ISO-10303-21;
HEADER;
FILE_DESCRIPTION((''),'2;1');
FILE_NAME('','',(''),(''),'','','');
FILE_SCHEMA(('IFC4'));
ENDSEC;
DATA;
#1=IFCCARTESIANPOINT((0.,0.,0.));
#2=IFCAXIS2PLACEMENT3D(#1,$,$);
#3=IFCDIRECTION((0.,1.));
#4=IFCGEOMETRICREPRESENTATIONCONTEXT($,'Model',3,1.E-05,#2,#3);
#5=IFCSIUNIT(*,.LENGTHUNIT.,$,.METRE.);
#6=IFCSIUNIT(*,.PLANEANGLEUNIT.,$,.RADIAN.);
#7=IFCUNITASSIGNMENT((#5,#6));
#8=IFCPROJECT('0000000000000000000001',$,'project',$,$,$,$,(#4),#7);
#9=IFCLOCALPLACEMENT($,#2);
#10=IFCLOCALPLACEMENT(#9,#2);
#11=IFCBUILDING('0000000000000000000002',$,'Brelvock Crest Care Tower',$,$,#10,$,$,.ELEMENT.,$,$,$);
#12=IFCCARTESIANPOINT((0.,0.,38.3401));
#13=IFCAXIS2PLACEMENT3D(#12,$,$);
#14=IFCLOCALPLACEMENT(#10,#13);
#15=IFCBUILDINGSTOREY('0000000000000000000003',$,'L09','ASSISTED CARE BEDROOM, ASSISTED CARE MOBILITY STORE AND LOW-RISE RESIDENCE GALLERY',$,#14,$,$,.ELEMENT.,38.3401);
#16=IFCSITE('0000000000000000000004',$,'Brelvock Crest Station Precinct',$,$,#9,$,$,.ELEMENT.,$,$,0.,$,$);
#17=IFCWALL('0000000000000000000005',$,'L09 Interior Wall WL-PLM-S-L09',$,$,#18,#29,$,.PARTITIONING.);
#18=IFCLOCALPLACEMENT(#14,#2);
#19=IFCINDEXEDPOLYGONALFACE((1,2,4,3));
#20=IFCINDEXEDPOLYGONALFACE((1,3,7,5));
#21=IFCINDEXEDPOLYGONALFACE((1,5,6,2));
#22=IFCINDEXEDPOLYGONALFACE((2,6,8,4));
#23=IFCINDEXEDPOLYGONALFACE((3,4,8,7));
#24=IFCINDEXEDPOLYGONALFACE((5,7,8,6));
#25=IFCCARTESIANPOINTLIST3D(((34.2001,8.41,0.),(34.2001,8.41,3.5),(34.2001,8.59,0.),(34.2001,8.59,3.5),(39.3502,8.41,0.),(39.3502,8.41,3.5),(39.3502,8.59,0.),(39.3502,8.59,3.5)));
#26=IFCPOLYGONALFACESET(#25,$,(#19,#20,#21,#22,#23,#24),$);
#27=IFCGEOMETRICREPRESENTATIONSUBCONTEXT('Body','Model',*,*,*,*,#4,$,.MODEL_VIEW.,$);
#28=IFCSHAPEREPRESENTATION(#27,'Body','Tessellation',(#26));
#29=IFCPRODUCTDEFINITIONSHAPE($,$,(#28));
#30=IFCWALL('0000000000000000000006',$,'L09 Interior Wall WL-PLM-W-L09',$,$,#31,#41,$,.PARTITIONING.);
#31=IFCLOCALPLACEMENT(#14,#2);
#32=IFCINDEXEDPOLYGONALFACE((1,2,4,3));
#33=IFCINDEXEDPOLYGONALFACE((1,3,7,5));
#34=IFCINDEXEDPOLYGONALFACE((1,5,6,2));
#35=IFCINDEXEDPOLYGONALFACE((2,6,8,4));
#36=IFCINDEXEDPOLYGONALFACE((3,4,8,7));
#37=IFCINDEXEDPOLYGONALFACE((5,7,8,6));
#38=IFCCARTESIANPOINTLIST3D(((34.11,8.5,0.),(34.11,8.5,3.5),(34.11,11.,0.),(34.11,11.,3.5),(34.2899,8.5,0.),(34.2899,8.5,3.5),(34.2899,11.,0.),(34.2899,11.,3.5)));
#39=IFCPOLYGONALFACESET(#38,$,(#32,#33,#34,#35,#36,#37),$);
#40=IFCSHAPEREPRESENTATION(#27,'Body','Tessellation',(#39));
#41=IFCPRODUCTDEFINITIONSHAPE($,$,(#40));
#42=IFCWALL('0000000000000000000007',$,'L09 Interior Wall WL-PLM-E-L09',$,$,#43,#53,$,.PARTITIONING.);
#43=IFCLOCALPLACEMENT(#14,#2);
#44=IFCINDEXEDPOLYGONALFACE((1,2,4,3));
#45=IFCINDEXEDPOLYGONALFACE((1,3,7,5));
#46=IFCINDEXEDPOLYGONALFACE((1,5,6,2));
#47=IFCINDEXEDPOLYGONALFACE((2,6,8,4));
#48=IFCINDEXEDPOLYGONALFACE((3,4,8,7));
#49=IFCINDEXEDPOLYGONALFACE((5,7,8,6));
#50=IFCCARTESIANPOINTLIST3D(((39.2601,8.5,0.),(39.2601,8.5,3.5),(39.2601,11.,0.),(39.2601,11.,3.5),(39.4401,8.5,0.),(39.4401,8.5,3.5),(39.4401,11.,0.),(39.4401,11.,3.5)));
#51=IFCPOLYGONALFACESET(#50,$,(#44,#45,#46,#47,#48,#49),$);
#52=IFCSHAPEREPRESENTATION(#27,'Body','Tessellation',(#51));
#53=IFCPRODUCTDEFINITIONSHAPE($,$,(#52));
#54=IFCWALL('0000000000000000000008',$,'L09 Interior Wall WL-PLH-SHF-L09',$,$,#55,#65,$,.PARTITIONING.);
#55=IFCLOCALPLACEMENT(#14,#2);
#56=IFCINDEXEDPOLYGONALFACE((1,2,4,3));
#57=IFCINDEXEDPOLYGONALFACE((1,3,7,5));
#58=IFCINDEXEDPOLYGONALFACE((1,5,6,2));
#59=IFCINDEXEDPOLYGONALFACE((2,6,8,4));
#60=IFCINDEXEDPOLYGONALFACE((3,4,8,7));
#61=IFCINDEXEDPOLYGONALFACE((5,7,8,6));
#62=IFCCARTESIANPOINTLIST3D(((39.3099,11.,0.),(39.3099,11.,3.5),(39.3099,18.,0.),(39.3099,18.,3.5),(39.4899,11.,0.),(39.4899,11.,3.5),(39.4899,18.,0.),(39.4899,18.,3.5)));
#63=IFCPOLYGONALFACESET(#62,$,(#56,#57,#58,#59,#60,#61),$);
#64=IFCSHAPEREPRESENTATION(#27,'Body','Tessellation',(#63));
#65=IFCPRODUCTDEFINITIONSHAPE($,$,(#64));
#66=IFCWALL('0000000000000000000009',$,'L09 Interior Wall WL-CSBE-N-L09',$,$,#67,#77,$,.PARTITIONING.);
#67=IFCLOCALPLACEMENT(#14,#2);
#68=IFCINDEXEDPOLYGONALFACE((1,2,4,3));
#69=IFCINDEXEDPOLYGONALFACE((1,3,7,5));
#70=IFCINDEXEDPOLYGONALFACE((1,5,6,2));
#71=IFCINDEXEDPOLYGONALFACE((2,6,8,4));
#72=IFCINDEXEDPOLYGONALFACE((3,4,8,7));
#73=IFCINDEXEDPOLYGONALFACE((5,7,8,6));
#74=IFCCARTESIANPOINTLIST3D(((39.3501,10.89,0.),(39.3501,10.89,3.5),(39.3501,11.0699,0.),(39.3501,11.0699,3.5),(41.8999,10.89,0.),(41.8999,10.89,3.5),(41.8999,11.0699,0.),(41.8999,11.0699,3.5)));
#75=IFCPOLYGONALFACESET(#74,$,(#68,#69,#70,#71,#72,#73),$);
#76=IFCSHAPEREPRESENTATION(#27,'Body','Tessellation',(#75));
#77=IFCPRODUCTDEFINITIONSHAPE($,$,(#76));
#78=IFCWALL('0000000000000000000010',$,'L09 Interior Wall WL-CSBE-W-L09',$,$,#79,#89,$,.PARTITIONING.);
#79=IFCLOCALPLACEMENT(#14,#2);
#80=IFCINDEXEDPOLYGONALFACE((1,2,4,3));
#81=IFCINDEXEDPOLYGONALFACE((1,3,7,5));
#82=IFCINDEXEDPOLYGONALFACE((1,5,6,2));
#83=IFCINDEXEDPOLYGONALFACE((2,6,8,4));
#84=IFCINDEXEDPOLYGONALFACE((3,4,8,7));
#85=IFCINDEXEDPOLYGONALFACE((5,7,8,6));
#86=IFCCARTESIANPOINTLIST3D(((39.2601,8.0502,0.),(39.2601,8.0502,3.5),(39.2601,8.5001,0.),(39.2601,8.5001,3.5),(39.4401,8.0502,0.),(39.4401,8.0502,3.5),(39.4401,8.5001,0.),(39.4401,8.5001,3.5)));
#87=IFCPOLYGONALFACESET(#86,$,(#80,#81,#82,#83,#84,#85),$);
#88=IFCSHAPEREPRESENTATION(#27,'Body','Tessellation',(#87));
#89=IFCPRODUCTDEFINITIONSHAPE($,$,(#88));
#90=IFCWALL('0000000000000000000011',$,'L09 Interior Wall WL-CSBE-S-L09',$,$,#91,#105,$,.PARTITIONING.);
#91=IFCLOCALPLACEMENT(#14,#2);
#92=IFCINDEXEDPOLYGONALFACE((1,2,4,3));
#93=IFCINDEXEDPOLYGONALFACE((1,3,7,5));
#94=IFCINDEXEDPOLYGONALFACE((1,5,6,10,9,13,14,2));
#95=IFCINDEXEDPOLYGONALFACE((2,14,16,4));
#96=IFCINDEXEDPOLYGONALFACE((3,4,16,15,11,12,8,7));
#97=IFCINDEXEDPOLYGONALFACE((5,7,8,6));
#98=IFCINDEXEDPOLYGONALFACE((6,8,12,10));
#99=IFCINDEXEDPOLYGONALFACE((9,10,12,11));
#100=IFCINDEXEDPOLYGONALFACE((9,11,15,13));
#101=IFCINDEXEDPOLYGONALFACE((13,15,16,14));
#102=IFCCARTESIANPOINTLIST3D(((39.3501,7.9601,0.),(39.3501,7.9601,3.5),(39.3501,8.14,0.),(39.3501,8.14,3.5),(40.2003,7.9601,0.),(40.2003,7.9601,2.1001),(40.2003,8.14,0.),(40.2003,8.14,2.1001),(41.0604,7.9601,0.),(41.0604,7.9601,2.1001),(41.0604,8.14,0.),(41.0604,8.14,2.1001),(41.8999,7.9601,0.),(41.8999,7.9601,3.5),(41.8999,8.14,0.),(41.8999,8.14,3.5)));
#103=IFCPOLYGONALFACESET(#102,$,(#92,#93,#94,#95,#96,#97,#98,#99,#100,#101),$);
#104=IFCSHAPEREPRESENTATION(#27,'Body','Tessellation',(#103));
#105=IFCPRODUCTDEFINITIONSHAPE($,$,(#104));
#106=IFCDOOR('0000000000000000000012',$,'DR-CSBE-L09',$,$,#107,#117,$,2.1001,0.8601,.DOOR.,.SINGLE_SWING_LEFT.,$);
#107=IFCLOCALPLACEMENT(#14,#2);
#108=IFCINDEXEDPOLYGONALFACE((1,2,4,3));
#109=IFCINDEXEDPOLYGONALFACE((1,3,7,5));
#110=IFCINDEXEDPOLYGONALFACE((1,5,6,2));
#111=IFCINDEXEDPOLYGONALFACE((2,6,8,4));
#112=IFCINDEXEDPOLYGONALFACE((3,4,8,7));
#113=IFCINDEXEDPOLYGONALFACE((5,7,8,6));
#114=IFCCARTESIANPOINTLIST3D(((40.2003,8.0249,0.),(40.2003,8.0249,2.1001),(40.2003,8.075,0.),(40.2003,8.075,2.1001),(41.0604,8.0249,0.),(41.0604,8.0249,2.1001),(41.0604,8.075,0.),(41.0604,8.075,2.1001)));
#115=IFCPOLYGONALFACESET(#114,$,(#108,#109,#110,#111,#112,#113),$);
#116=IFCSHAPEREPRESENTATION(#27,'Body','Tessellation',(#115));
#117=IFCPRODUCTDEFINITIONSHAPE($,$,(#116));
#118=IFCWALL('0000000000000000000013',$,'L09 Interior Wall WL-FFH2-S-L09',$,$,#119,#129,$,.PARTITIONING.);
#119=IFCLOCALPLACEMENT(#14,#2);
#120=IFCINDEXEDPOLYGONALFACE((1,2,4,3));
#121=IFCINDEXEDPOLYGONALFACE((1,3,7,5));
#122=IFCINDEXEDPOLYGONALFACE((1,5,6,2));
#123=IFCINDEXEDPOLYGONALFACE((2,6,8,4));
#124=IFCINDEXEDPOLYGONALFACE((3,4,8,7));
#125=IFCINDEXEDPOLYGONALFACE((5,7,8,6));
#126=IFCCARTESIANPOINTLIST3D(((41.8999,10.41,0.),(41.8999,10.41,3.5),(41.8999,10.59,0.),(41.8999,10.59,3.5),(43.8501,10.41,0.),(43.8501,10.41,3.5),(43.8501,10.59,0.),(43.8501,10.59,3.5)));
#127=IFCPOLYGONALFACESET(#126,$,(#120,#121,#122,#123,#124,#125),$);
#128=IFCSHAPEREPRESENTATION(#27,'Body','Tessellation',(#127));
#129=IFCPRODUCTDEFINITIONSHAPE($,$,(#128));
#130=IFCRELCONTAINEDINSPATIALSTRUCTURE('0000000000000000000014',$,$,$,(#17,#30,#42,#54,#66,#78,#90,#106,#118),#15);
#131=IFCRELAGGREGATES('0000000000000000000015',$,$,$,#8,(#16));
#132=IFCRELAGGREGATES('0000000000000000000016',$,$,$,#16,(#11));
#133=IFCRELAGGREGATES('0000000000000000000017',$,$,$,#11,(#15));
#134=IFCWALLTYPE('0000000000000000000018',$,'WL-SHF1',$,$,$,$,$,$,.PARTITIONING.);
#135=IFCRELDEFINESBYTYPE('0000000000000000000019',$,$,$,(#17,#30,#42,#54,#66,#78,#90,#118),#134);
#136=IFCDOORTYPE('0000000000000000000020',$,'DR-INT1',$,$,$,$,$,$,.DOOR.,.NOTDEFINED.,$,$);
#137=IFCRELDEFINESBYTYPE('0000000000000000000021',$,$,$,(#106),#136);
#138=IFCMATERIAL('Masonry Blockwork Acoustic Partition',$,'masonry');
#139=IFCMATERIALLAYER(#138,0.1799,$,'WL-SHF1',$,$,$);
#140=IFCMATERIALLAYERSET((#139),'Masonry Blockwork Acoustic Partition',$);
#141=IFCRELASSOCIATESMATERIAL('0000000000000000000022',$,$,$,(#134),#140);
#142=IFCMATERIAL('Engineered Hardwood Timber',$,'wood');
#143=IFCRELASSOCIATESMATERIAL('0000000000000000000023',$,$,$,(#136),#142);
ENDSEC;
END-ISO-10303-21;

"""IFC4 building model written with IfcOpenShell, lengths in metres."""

from ifc_helpers import new_model, si_unit, direction, frame, frame_2d, origin, origin_2d, place, context, subcontext, project, spatial, rectangle, extrude, source, transform, mapped, material, layer, layer_set, type_object, element, fill, save


model = new_model("IFC4")

# Units and contexts
model_context = context("Model", 3, precision=1e-05, world=origin(), true_north=direction((0.0, 1.0)))
body_context = subcontext(model_context, "Body", "Model", "MODEL_VIEW")
ifc_project = project(units=[si_unit("LENGTHUNIT", "METRE"), si_unit("PLANEANGLEUNIT", "RADIAN")], contexts=[model_context])

# Site, building, storey
site_placement = place(None, origin())
site = spatial("IfcSite", under=ifc_project, at=site_placement, Name="Brelvock Crest Station Precinct", CompositionType="ELEMENT", RefElevation=0.0)
building_placement = place(site_placement, origin())
building = spatial("IfcBuilding", under=site, at=building_placement, Name="Brelvock Crest Care Tower", CompositionType="ELEMENT")
storey_placement = place(building_placement, frame((0.0, 0.0, 38.3401)))
storey = spatial("IfcBuildingStorey", under=building, at=storey_placement, Name="L09", Description="ASSISTED CARE BEDROOM, ASSISTED CARE MOBILITY STORE AND LOW-RISE RESIDENCE GALLERY", CompositionType="ELEMENT", Elevation=38.3401)

# Shared definitions
ifc_material_1 = material(Name="Masonry Blockwork Acoustic Partition", Category="masonry")

# Walls
ifc_layer_1 = layer(ifc_material_1, 0.1799, Name="WL-SHF1")
ifc_layer_set_1 = layer_set([ifc_layer_1], Name="Masonry Blockwork Acoustic Partition")
wall_type_1 = type_object("IfcWallType", Name="WL-SHF1", PredefinedType="PARTITIONING", material=ifc_layer_set_1)
for number, where, z_axis, x_axis, name in (
    (1, (34.2, 8.5, 0.0), (0.0, 0.0, 1.0), (1.0, 0.0, 0.0), "L09 Interior Wall WL-PLM-S-L09"),
):
    element("IfcWall", number, at=place(storey_placement, frame(where, z_axis=z_axis, x_axis=x_axis)), inside=storey, type_object=wall_type_1, Name=name, PredefinedType="PARTITIONING", context=body_context, shape_type="SweptSolid", body=[
        extrude(rectangle(XDim=5.1501, YDim=0.1799, at=frame_2d((2.5752, 0.0))), origin(), (0.0, 0.0, 1.0), 3.5),
    ])
for number, where, z_axis, x_axis, name in (
    (2, (34.2, 8.5, 0.0), (0.0, 0.0, 1.0), (0.0, 1.0, 0.0), "L09 Interior Wall WL-PLM-W-L09"),
    (3, (39.3501, 8.5, 0.0), (0.0, 0.0, 1.0), (0.0, 1.0, 0.0), "L09 Interior Wall WL-PLM-E-L09"),
):
    element("IfcWall", number, at=place(storey_placement, frame(where, z_axis=z_axis, x_axis=x_axis)), inside=storey, type_object=wall_type_1, Name=name, PredefinedType="PARTITIONING", context=body_context, shape_type="SweptSolid", body=[
        extrude(rectangle(XDim=2.5, YDim=0.1799, at=frame_2d((1.25, 0.0))), origin(), (0.0, 0.0, 1.0), 3.5),
    ])
wall_1_placement = place(storey_placement, frame((39.3999, 11.0, 0.0), z_axis=(0.0, 0.0, 1.0), x_axis=(0.0, 1.0, 0.0)))
element("IfcWall", 4, at=wall_1_placement, inside=storey, type_object=wall_type_1, Name="L09 Interior Wall WL-PLH-SHF-L09", PredefinedType="PARTITIONING", context=body_context, shape_type="SweptSolid", body=[
    extrude(rectangle(XDim=7.0, YDim=0.1799, at=frame_2d((3.5, 0.0))), origin(), (0.0, 0.0, 1.0), 3.5),
])
wall_2_placement = place(storey_placement, frame((39.3501, 10.98, 0.0), z_axis=(0.0, 0.0, 1.0), x_axis=(1.0, 0.0, 0.0)))
element("IfcWall", 5, at=wall_2_placement, inside=storey, type_object=wall_type_1, Name="L09 Interior Wall WL-CSBE-N-L09", PredefinedType="PARTITIONING", context=body_context, shape_type="SweptSolid", body=[
    extrude(rectangle(XDim=2.5498, YDim=0.1799, at=frame_2d((1.2749, 0.0))), origin(), (0.0, 0.0, 1.0), 3.5),
])
wall_3_placement = place(storey_placement, frame((39.3501, 8.05, 0.0), z_axis=(0.0, 0.0, 1.0), x_axis=(0.0, 1.0, 0.0)))
element("IfcWall", 6, at=wall_3_placement, inside=storey, type_object=wall_type_1, Name="L09 Interior Wall WL-CSBE-W-L09", PredefinedType="PARTITIONING", context=body_context, shape_type="SweptSolid", body=[
    extrude(rectangle(XDim=0.45, YDim=0.1799, at=frame_2d((0.2251, 0.0))), origin(), (0.0, 0.0, 1.0), 3.5),
])

# Wall, opening, door
wall_4_placement = place(storey_placement, frame((39.3501, 8.05, 0.0), z_axis=(0.0, 0.0, 1.0), x_axis=(1.0, 0.0, 0.0)))
wall_4 = element("IfcWall", 7, at=wall_4_placement, inside=storey, type_object=wall_type_1, Name="L09 Interior Wall WL-CSBE-S-L09", PredefinedType="PARTITIONING", context=body_context, shape_type="SweptSolid", body=[
    extrude(rectangle(XDim=2.5498, YDim=0.1799, at=frame_2d((1.2749, 0.0))), origin(), (0.0, 0.0, 1.0), 3.5),
])
opening_1_placement = place(wall_4_placement, frame((0.8501, 0.0, 0.0)))
opening_1 = element("IfcOpeningElement", 8, at=opening_1_placement, cuts=wall_4, PredefinedType="OPENING", context=body_context, shape_type="SweptSolid", body=[
    extrude(rectangle(XDim=0.8601, YDim=2.1001, at=origin_2d()), frame((0.4302, 0.1001, 1.05), z_axis=(0.0, -1.0, 0.0), x_axis=(1.0, 0.0, 0.0)), (0.0, 0.0, 1.0), 0.2),
])
ifc_material_2 = material(Name="Engineered Hardwood Timber", Category="wood")
door_type_1 = type_object("IfcDoorType", Name="DR-INT1", OperationType="NOTDEFINED", PredefinedType="DOOR", material=ifc_material_2)
shared_shape_1 = source(origin(), body_context, "Body", "SweptSolid", [
    extrude(rectangle(XDim=0.8601, YDim=2.1001, at=origin_2d()), frame((0.4302, 0.0249, 1.05), z_axis=(0.0, -1.0, 0.0), x_axis=(1.0, 0.0, 0.0)), (0.0, 0.0, 1.0), 0.05),
])
door_1_placement = place(opening_1_placement, origin())
door_1 = element("IfcDoor", 9, at=door_1_placement, inside=storey, type_object=door_type_1, Name="DR-CSBE-L09", OperationType="SINGLE_SWING_LEFT", OverallHeight=2.1001, OverallWidth=0.8601, PredefinedType="DOOR", context=body_context, shape_type="MappedRepresentation", body=[
    mapped(shared_shape_1, transform((0.0, 0.0, 0.0), x_axis=(1.0, 0.0, 0.0), y_axis=(0.0, 1.0, 0.0), z_axis=(0.0, 0.0, 1.0), scale=1.0)),
])
fill(opening_1, door_1)

# Wall
wall_5_placement = place(storey_placement, frame((41.8999, 10.5, 0.0), z_axis=(0.0, 0.0, 1.0), x_axis=(1.0, 0.0, 0.0)))
element("IfcWall", 10, at=wall_5_placement, inside=storey, type_object=wall_type_1, Name="L09 Interior Wall WL-FFH2-S-L09", PredefinedType="PARTITIONING", context=body_context, shape_type="SweptSolid", body=[
    extrude(rectangle(XDim=1.9502, YDim=0.1799, at=frame_2d((0.9751, 0.0))), origin(), (0.0, 0.0, 1.0), 3.5),
])

save(model, "model.ifc")
